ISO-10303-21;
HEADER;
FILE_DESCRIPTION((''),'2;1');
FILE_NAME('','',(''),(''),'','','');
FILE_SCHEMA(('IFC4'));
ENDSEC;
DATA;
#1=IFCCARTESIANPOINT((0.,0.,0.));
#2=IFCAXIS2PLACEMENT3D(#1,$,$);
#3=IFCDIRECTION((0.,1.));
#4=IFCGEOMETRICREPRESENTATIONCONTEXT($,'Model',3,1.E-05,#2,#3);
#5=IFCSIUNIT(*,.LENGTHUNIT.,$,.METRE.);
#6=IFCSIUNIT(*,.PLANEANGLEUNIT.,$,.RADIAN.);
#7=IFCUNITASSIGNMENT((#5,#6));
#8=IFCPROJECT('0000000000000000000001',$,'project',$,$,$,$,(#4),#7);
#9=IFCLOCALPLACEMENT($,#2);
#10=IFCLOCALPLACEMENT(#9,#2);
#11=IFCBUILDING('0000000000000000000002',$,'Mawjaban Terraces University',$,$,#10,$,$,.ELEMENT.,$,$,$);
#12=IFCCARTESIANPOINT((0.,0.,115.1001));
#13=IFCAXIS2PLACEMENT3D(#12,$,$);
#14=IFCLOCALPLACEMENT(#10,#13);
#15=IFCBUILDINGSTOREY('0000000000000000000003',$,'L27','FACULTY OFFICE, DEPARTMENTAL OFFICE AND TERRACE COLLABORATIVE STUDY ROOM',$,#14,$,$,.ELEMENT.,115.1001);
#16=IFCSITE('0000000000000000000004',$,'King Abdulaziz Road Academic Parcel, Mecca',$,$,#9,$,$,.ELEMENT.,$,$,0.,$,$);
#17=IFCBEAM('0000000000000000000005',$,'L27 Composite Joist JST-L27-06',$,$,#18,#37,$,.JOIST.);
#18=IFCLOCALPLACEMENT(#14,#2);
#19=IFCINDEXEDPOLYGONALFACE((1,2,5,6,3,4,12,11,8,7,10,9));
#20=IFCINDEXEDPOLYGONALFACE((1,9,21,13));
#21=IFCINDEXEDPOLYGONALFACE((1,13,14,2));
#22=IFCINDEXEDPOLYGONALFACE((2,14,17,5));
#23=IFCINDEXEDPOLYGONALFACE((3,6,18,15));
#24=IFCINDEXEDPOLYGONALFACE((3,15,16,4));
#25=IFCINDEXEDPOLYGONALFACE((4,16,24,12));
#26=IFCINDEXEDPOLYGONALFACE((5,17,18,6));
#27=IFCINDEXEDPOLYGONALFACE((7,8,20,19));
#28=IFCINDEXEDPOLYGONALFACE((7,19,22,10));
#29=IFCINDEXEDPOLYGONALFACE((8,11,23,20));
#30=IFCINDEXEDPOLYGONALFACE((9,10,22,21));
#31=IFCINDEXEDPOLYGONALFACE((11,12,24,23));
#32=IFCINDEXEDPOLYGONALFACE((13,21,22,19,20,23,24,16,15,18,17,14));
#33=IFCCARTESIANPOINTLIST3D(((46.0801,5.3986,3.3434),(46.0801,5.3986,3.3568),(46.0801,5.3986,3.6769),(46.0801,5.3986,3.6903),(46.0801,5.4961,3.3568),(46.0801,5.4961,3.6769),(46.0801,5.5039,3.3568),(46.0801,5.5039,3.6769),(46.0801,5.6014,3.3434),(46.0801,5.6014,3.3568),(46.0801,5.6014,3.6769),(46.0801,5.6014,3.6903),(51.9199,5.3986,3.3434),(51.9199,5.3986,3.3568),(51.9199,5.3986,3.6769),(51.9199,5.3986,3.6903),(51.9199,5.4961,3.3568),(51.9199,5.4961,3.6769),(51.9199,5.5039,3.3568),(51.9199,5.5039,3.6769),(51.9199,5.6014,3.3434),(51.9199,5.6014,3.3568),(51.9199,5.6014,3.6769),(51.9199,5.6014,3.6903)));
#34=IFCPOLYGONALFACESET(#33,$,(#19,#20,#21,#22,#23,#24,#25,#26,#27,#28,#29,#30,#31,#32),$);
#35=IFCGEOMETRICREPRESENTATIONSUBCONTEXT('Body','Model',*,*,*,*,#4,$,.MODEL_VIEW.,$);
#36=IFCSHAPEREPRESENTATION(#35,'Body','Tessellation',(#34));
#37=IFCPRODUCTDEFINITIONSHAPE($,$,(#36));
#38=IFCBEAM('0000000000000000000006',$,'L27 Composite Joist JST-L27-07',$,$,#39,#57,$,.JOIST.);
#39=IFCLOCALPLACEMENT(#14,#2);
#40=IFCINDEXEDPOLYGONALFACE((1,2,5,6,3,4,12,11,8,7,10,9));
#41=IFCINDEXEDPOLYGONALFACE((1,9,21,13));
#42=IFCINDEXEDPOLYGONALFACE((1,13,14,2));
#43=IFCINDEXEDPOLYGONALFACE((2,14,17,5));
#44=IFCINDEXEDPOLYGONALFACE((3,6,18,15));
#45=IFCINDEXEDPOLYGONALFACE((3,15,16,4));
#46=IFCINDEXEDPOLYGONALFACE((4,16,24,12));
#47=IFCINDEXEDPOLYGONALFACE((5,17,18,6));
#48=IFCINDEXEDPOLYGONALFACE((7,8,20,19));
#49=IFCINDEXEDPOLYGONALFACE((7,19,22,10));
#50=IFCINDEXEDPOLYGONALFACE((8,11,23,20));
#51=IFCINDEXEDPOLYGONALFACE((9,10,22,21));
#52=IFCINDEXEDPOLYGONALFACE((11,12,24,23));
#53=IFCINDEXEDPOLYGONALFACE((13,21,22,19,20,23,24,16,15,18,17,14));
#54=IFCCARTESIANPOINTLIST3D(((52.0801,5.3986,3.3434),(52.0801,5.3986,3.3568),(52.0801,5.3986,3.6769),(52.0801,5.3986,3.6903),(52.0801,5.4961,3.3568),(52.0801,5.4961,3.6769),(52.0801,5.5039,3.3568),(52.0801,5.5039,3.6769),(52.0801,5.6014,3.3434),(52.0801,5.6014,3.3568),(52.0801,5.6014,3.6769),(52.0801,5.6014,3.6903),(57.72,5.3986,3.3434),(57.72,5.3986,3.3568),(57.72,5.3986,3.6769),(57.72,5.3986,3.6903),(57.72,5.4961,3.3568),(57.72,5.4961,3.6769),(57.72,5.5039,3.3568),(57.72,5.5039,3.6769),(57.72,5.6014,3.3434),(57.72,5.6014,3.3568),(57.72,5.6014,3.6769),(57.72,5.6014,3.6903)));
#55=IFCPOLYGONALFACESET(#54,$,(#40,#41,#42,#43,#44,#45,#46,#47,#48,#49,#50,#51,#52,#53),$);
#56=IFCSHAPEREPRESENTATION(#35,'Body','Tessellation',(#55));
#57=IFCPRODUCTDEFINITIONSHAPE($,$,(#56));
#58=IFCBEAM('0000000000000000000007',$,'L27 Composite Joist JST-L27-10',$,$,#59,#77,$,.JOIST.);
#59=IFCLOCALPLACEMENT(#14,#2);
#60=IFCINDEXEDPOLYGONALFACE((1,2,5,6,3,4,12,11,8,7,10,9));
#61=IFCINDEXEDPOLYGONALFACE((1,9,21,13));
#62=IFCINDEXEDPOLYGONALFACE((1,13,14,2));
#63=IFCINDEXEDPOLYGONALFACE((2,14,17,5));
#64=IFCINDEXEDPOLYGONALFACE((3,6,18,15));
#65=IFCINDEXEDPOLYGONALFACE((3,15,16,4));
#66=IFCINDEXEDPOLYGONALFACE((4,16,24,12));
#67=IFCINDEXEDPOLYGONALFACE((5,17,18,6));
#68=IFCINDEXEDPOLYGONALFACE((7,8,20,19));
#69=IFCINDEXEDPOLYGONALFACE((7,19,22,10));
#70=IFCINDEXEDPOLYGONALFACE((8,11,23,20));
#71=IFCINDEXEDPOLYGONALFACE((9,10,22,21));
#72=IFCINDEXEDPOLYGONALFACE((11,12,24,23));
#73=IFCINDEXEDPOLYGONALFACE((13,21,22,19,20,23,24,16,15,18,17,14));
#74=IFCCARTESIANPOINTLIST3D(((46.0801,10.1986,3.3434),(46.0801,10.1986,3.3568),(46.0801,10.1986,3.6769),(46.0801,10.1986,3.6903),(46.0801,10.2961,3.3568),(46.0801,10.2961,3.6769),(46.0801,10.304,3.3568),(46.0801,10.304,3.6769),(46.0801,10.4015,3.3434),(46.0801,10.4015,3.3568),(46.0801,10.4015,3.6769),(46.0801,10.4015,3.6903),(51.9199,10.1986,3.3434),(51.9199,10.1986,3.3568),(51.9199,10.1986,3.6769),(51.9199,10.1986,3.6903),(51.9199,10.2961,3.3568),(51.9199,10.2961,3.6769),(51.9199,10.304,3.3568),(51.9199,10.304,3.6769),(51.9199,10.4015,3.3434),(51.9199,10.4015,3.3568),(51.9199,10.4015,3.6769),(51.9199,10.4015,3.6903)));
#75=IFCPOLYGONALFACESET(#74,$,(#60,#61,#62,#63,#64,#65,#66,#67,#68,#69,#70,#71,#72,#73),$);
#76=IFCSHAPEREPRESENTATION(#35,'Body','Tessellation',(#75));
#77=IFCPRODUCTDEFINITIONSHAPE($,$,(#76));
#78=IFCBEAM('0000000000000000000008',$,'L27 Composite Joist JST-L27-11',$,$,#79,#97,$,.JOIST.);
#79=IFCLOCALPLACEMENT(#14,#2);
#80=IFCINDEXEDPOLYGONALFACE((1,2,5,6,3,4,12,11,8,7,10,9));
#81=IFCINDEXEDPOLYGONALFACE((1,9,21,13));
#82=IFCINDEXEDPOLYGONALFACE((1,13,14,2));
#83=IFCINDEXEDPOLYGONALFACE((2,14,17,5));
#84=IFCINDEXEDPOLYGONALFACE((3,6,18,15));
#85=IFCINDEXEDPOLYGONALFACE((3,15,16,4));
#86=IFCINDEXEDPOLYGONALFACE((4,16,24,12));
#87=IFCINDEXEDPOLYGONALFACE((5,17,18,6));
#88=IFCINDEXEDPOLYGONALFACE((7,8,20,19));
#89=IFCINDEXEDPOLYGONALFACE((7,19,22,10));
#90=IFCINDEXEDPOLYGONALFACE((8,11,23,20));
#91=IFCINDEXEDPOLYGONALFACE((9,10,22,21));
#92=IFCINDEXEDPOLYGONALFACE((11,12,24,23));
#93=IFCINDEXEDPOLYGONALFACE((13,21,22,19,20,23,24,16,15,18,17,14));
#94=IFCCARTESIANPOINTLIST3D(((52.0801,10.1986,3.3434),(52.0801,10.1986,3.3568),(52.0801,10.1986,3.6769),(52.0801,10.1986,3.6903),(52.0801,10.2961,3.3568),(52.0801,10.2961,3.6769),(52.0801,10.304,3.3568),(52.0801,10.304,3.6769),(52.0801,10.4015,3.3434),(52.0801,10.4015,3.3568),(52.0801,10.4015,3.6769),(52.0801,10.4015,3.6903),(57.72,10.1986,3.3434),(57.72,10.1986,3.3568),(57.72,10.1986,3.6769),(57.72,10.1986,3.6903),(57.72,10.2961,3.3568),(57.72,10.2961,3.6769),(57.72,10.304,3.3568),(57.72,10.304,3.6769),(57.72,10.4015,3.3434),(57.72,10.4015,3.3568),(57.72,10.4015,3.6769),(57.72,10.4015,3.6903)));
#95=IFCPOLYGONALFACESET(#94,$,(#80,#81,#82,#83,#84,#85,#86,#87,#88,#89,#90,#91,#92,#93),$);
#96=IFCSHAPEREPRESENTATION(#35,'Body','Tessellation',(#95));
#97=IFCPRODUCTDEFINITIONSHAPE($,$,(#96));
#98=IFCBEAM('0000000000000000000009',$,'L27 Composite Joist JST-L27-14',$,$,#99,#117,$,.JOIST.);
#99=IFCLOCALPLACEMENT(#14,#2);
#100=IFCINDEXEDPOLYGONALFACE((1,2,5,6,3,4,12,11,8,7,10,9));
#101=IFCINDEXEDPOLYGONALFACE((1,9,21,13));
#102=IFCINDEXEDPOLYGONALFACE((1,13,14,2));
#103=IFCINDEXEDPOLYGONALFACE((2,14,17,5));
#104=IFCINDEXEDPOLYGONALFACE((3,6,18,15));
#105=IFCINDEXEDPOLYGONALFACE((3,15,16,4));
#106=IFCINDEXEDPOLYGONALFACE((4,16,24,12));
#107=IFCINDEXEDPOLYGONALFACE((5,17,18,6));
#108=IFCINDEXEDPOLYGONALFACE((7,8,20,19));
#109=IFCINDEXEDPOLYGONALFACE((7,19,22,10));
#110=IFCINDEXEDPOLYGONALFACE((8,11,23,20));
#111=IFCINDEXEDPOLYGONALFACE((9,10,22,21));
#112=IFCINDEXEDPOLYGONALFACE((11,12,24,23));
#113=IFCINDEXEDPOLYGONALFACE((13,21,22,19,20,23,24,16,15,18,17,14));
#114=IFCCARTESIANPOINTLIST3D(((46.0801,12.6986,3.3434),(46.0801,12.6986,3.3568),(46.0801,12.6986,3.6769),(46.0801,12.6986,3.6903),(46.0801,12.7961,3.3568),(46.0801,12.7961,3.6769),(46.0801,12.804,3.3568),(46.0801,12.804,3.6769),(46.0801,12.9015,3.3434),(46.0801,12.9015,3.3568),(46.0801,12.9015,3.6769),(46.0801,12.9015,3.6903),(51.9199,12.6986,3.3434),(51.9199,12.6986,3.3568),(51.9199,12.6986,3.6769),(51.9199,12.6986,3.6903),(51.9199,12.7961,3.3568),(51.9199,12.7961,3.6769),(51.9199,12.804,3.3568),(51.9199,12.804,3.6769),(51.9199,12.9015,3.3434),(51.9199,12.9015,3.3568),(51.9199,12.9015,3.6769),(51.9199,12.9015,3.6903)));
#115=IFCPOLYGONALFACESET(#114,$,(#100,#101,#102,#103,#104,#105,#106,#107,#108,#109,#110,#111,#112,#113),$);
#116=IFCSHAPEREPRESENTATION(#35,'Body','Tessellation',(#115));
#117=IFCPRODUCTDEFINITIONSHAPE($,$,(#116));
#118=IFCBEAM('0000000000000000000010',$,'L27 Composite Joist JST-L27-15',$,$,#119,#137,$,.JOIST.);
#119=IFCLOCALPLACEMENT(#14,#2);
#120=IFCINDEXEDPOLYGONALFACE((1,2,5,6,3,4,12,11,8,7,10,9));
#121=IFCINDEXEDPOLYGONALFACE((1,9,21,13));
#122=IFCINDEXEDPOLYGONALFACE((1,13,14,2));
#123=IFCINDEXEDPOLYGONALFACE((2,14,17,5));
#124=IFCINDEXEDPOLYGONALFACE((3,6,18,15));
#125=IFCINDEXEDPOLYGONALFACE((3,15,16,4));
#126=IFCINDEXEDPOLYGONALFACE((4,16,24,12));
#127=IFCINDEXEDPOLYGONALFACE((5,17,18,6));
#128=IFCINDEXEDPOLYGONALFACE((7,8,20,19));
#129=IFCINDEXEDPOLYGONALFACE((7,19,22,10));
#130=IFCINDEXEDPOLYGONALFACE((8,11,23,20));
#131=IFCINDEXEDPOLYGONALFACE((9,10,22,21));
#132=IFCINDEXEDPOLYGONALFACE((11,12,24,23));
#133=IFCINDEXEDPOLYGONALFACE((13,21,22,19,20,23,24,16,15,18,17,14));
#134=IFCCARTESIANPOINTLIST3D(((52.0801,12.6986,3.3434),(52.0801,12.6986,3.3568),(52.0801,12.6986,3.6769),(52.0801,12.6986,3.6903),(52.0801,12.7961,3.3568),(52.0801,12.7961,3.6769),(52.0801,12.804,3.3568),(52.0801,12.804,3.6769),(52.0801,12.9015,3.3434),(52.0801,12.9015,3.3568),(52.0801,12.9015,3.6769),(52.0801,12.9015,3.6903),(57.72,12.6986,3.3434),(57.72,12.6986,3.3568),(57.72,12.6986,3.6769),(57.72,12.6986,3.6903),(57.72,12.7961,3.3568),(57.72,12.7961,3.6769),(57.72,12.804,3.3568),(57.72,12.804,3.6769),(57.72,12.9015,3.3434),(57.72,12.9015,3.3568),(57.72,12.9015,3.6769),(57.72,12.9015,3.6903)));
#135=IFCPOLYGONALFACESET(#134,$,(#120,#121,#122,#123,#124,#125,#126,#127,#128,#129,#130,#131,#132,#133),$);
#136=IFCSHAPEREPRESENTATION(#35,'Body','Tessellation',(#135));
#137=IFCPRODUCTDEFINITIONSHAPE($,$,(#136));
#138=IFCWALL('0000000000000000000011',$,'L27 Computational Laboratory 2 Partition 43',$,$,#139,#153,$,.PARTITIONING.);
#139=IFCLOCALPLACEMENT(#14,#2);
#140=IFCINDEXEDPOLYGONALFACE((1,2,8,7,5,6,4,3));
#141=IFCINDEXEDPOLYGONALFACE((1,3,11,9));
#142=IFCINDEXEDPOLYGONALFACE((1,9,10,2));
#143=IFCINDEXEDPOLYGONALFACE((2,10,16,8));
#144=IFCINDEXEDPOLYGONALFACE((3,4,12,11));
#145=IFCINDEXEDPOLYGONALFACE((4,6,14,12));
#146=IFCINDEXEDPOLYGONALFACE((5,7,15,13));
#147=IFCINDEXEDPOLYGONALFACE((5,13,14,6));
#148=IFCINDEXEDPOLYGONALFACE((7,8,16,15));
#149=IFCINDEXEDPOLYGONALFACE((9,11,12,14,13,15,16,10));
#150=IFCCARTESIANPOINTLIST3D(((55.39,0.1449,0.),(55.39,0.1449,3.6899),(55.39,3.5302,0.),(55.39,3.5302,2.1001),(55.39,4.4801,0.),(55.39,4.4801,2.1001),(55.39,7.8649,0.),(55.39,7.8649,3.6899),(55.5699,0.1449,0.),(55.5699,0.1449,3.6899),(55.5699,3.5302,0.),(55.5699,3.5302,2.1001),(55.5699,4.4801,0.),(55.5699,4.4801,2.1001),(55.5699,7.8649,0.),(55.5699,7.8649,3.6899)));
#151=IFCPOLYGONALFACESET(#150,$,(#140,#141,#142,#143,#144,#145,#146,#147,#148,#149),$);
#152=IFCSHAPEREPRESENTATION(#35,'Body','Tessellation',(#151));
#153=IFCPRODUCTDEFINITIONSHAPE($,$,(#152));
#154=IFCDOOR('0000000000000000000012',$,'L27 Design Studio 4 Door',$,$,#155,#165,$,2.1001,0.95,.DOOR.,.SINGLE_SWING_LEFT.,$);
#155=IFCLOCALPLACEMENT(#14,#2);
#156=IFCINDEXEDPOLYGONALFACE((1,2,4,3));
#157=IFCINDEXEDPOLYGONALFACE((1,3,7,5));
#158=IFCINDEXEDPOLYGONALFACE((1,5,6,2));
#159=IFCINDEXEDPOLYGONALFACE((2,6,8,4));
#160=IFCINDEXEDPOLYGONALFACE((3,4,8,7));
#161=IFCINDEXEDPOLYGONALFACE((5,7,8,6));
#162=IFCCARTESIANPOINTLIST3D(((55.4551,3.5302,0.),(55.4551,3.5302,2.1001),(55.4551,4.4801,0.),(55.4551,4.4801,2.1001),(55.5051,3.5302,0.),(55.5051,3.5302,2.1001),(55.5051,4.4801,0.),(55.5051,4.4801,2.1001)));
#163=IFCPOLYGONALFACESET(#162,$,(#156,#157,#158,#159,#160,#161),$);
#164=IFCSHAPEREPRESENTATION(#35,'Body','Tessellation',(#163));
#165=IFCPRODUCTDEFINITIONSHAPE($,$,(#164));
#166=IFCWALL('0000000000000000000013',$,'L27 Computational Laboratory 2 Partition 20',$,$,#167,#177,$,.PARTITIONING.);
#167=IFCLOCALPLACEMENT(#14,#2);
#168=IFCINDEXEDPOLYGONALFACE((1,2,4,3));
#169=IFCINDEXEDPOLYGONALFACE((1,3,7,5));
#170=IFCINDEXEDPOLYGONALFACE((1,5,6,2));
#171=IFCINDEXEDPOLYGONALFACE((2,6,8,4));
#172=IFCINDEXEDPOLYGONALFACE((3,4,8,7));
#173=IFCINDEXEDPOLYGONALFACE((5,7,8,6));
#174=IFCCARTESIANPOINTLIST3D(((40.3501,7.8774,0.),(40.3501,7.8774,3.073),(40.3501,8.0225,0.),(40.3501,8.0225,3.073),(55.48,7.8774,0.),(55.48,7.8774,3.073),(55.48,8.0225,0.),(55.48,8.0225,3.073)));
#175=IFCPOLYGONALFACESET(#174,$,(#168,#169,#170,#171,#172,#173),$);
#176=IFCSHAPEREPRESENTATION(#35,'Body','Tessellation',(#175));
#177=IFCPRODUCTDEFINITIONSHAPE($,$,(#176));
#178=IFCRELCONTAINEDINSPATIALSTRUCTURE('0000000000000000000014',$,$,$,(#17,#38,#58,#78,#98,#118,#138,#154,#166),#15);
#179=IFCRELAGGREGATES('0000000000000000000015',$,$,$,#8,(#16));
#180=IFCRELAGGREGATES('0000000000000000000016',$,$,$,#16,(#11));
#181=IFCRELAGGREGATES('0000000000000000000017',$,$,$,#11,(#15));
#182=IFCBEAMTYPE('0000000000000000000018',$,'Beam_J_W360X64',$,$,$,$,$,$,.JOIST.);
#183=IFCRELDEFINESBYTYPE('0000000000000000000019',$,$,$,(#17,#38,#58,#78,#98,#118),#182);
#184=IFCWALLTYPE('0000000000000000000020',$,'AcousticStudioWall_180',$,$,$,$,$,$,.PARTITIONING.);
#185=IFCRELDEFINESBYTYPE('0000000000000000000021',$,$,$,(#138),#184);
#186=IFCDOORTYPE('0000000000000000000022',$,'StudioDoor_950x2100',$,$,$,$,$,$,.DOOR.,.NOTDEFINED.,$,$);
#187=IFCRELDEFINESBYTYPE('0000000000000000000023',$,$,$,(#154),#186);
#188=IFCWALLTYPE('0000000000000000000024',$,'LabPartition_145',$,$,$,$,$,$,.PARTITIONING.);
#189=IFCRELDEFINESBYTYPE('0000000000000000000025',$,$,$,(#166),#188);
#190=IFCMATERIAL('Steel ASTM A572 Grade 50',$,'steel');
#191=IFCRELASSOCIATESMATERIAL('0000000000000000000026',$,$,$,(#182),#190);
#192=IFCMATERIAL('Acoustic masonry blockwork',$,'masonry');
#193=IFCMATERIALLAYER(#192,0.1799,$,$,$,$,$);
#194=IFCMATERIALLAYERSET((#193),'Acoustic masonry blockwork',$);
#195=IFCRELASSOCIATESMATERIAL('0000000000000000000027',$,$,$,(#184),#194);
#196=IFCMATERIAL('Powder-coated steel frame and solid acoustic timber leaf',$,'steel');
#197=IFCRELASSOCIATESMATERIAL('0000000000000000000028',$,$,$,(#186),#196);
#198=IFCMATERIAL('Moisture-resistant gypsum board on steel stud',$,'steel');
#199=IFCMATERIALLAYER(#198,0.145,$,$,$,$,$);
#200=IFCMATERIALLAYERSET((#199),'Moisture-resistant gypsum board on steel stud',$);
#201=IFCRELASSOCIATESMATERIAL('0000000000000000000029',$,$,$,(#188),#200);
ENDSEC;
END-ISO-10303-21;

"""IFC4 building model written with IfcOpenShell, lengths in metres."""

from ifc_helpers import new_model, si_unit, direction, frame, frame_2d, origin, origin_2d, place, context, subcontext, project, spatial, rectangle, i_section, extrude, material, layer, layer_set, material_profile, profile_set, type_object, element, fill, save


model = new_model("IFC4")

# Units and contexts
model_context = context("Model", 3, precision=1e-05, world=origin(), true_north=direction((0.0, 1.0)))
body_context = subcontext(model_context, "Body", "Model", "MODEL_VIEW")
ifc_project = project(units=[si_unit("LENGTHUNIT", "METRE"), si_unit("PLANEANGLEUNIT", "RADIAN")], contexts=[model_context])

# Site, building, storey
site_placement = place(None, origin())
site = spatial("IfcSite", under=ifc_project, at=site_placement, Name="King Abdulaziz Road Academic Parcel, Mecca", CompositionType="ELEMENT", RefElevation=0.0)
building_placement = place(site_placement, origin())
building = spatial("IfcBuilding", under=site, at=building_placement, Name="Mawjaban Terraces University", CompositionType="ELEMENT")
storey_placement = place(building_placement, frame((0.0, 0.0, 115.1001)))
storey = spatial("IfcBuildingStorey", under=building, at=storey_placement, Name="L27", Description="FACULTY OFFICE, DEPARTMENTAL OFFICE AND TERRACE COLLABORATIVE STUDY ROOM", CompositionType="ELEMENT", Elevation=115.1001)

# Beams
ifc_material_1 = material(Name="Steel ASTM A572 Grade 50", Category="steel")
ifc_material_profile_1 = material_profile(ifc_material_1, i_section(OverallWidth=0.2029, OverallDepth=0.3469, WebThickness=0.0078, FlangeThickness=0.0134, at=origin_2d()), Name="W360X64")
ifc_profile_set_1 = profile_set([ifc_material_profile_1], Name="Steel ASTM A572 Grade 50")
beam_type_1 = type_object("IfcBeamType", Name="Beam_J_W360X64", PredefinedType="JOIST", material=ifc_profile_set_1)
beam_1_placement = place(storey_placement, frame((46.0801, 5.5, 3.5168), z_axis=(1.0, 0.0, 0.0), x_axis=(0.0, 1.0, 0.0)))
element("IfcBeam", 1, at=beam_1_placement, inside=storey, type_object=beam_type_1, Name="L27 Composite Joist JST-L27-06", PredefinedType="JOIST", context=body_context, shape_type="SweptSolid", body=[
    extrude(i_section(OverallWidth=0.2029, OverallDepth=0.3469, WebThickness=0.0078, FlangeThickness=0.0134, at=origin_2d()), origin(), (0.0, 0.0, 1.0), 5.8398),
])
beam_2_placement = place(storey_placement, frame((52.0801, 5.5, 3.5168), z_axis=(1.0, 0.0, 0.0), x_axis=(0.0, 1.0, 0.0)))
element("IfcBeam", 2, at=beam_2_placement, inside=storey, type_object=beam_type_1, Name="L27 Composite Joist JST-L27-07", PredefinedType="JOIST", context=body_context, shape_type="SweptSolid", body=[
    extrude(i_section(OverallWidth=0.2029, OverallDepth=0.3469, WebThickness=0.0078, FlangeThickness=0.0134, at=origin_2d()), origin(), (0.0, 0.0, 1.0), 5.6399),
])
beam_3_placement = place(storey_placement, frame((46.0801, 10.3, 3.5168), z_axis=(1.0, 0.0, 0.0), x_axis=(0.0, 1.0, 0.0)))
element("IfcBeam", 3, at=beam_3_placement, inside=storey, type_object=beam_type_1, Name="L27 Composite Joist JST-L27-10", PredefinedType="JOIST", context=body_context, shape_type="SweptSolid", body=[
    extrude(i_section(OverallWidth=0.2029, OverallDepth=0.3469, WebThickness=0.0078, FlangeThickness=0.0134, at=origin_2d()), origin(), (0.0, 0.0, 1.0), 5.8398),
])
beam_4_placement = place(storey_placement, frame((52.0801, 10.3, 3.5168), z_axis=(1.0, 0.0, 0.0), x_axis=(0.0, 1.0, 0.0)))
element("IfcBeam", 4, at=beam_4_placement, inside=storey, type_object=beam_type_1, Name="L27 Composite Joist JST-L27-11", PredefinedType="JOIST", context=body_context, shape_type="SweptSolid", body=[
    extrude(i_section(OverallWidth=0.2029, OverallDepth=0.3469, WebThickness=0.0078, FlangeThickness=0.0134, at=origin_2d()), origin(), (0.0, 0.0, 1.0), 5.6399),
])
beam_5_placement = place(storey_placement, frame((46.0801, 12.8, 3.5168), z_axis=(1.0, 0.0, 0.0), x_axis=(0.0, 1.0, 0.0)))
element("IfcBeam", 5, at=beam_5_placement, inside=storey, type_object=beam_type_1, Name="L27 Composite Joist JST-L27-14", PredefinedType="JOIST", context=body_context, shape_type="SweptSolid", body=[
    extrude(i_section(OverallWidth=0.2029, OverallDepth=0.3469, WebThickness=0.0078, FlangeThickness=0.0134, at=origin_2d()), origin(), (0.0, 0.0, 1.0), 5.8398),
])
beam_6_placement = place(storey_placement, frame((52.0801, 12.8, 3.5168), z_axis=(1.0, 0.0, 0.0), x_axis=(0.0, 1.0, 0.0)))
element("IfcBeam", 6, at=beam_6_placement, inside=storey, type_object=beam_type_1, Name="L27 Composite Joist JST-L27-15", PredefinedType="JOIST", context=body_context, shape_type="SweptSolid", body=[
    extrude(i_section(OverallWidth=0.2029, OverallDepth=0.3469, WebThickness=0.0078, FlangeThickness=0.0134, at=origin_2d()), origin(), (0.0, 0.0, 1.0), 5.6399),
])

# Wall, opening, door
ifc_material_2 = material(Name="Acoustic masonry blockwork", Category="masonry")
ifc_layer_1 = layer(ifc_material_2, 0.1799)
ifc_layer_set_1 = layer_set([ifc_layer_1], Name="Acoustic masonry blockwork")
wall_type_1 = type_object("IfcWallType", Name="AcousticStudioWall_180", PredefinedType="PARTITIONING", material=ifc_layer_set_1)
wall_1_placement = place(storey_placement, frame((55.48, 0.145, 0.0), z_axis=(0.0, 0.0, 1.0), x_axis=(0.0, 1.0, 0.0)))
wall_1 = element("IfcWall", 7, at=wall_1_placement, inside=storey, type_object=wall_type_1, Name="L27 Computational Laboratory 2 Partition 43", PredefinedType="PARTITIONING", context=body_context, shape_type="SweptSolid", body=[
    extrude(rectangle(XDim=7.72, YDim=0.1799, at=frame_2d((3.8599, 0.0))), origin(), (0.0, 0.0, 1.0), 3.6899),
])
opening_placement = place(wall_1_placement, frame((3.385, 0.0, 0.0)))
opening = element("IfcOpeningElement", 8, at=opening_placement, cuts=wall_1, PredefinedType="OPENING", context=body_context, shape_type="SweptSolid", body=[
    extrude(rectangle(XDim=0.95, YDim=2.1001, at=frame_2d((0.4751, 1.05))), frame((0.0, 0.0999, 0.0), z_axis=(0.0, -1.0, 0.0), x_axis=(1.0, 0.0, 0.0)), (0.0, 0.0, 1.0), 0.2),
])
ifc_material_3 = material(Name="Powder-coated steel frame and solid acoustic timber leaf", Category="steel")
door_type = type_object("IfcDoorType", Name="StudioDoor_950x2100", OperationType="NOTDEFINED", PredefinedType="DOOR", material=ifc_material_3)
door_placement = place(opening_placement, origin())
door = element("IfcDoor", 9, at=door_placement, inside=storey, type_object=door_type, Name="L27 Design Studio 4 Door", OperationType="SINGLE_SWING_LEFT", OverallHeight=2.1001, OverallWidth=0.95, PredefinedType="DOOR", context=body_context, shape_type="SweptSolid", body=[
    extrude(rectangle(XDim=0.95, YDim=2.1001, at=frame_2d((0.4751, 1.05))), frame((0.0, 0.0249, 0.0), z_axis=(0.0, -1.0, 0.0), x_axis=(1.0, 0.0, 0.0)), (0.0, 0.0, 1.0), 0.05),
])
fill(opening, door)

# Wall
ifc_material_4 = material(Name="Moisture-resistant gypsum board on steel stud", Category="steel")
ifc_layer_2 = layer(ifc_material_4, 0.145)
ifc_layer_set_2 = layer_set([ifc_layer_2], Name="Moisture-resistant gypsum board on steel stud")
wall_type_2 = type_object("IfcWallType", Name="LabPartition_145", PredefinedType="PARTITIONING", material=ifc_layer_set_2)
wall_2_placement = place(storey_placement, frame((55.48, 7.95, 0.0), z_axis=(0.0, 0.0, 1.0), x_axis=(-1.0, 0.0, 0.0)))
element("IfcWall", 10, at=wall_2_placement, inside=storey, type_object=wall_type_2, Name="L27 Computational Laboratory 2 Partition 20", PredefinedType="PARTITIONING", context=body_context, shape_type="SweptSolid", body=[
    extrude(rectangle(XDim=15.1299, YDim=0.145, at=frame_2d((7.5649, 0.0))), origin(), (0.0, 0.0, 1.0), 3.073),
])

save(model, "model.ifc")
